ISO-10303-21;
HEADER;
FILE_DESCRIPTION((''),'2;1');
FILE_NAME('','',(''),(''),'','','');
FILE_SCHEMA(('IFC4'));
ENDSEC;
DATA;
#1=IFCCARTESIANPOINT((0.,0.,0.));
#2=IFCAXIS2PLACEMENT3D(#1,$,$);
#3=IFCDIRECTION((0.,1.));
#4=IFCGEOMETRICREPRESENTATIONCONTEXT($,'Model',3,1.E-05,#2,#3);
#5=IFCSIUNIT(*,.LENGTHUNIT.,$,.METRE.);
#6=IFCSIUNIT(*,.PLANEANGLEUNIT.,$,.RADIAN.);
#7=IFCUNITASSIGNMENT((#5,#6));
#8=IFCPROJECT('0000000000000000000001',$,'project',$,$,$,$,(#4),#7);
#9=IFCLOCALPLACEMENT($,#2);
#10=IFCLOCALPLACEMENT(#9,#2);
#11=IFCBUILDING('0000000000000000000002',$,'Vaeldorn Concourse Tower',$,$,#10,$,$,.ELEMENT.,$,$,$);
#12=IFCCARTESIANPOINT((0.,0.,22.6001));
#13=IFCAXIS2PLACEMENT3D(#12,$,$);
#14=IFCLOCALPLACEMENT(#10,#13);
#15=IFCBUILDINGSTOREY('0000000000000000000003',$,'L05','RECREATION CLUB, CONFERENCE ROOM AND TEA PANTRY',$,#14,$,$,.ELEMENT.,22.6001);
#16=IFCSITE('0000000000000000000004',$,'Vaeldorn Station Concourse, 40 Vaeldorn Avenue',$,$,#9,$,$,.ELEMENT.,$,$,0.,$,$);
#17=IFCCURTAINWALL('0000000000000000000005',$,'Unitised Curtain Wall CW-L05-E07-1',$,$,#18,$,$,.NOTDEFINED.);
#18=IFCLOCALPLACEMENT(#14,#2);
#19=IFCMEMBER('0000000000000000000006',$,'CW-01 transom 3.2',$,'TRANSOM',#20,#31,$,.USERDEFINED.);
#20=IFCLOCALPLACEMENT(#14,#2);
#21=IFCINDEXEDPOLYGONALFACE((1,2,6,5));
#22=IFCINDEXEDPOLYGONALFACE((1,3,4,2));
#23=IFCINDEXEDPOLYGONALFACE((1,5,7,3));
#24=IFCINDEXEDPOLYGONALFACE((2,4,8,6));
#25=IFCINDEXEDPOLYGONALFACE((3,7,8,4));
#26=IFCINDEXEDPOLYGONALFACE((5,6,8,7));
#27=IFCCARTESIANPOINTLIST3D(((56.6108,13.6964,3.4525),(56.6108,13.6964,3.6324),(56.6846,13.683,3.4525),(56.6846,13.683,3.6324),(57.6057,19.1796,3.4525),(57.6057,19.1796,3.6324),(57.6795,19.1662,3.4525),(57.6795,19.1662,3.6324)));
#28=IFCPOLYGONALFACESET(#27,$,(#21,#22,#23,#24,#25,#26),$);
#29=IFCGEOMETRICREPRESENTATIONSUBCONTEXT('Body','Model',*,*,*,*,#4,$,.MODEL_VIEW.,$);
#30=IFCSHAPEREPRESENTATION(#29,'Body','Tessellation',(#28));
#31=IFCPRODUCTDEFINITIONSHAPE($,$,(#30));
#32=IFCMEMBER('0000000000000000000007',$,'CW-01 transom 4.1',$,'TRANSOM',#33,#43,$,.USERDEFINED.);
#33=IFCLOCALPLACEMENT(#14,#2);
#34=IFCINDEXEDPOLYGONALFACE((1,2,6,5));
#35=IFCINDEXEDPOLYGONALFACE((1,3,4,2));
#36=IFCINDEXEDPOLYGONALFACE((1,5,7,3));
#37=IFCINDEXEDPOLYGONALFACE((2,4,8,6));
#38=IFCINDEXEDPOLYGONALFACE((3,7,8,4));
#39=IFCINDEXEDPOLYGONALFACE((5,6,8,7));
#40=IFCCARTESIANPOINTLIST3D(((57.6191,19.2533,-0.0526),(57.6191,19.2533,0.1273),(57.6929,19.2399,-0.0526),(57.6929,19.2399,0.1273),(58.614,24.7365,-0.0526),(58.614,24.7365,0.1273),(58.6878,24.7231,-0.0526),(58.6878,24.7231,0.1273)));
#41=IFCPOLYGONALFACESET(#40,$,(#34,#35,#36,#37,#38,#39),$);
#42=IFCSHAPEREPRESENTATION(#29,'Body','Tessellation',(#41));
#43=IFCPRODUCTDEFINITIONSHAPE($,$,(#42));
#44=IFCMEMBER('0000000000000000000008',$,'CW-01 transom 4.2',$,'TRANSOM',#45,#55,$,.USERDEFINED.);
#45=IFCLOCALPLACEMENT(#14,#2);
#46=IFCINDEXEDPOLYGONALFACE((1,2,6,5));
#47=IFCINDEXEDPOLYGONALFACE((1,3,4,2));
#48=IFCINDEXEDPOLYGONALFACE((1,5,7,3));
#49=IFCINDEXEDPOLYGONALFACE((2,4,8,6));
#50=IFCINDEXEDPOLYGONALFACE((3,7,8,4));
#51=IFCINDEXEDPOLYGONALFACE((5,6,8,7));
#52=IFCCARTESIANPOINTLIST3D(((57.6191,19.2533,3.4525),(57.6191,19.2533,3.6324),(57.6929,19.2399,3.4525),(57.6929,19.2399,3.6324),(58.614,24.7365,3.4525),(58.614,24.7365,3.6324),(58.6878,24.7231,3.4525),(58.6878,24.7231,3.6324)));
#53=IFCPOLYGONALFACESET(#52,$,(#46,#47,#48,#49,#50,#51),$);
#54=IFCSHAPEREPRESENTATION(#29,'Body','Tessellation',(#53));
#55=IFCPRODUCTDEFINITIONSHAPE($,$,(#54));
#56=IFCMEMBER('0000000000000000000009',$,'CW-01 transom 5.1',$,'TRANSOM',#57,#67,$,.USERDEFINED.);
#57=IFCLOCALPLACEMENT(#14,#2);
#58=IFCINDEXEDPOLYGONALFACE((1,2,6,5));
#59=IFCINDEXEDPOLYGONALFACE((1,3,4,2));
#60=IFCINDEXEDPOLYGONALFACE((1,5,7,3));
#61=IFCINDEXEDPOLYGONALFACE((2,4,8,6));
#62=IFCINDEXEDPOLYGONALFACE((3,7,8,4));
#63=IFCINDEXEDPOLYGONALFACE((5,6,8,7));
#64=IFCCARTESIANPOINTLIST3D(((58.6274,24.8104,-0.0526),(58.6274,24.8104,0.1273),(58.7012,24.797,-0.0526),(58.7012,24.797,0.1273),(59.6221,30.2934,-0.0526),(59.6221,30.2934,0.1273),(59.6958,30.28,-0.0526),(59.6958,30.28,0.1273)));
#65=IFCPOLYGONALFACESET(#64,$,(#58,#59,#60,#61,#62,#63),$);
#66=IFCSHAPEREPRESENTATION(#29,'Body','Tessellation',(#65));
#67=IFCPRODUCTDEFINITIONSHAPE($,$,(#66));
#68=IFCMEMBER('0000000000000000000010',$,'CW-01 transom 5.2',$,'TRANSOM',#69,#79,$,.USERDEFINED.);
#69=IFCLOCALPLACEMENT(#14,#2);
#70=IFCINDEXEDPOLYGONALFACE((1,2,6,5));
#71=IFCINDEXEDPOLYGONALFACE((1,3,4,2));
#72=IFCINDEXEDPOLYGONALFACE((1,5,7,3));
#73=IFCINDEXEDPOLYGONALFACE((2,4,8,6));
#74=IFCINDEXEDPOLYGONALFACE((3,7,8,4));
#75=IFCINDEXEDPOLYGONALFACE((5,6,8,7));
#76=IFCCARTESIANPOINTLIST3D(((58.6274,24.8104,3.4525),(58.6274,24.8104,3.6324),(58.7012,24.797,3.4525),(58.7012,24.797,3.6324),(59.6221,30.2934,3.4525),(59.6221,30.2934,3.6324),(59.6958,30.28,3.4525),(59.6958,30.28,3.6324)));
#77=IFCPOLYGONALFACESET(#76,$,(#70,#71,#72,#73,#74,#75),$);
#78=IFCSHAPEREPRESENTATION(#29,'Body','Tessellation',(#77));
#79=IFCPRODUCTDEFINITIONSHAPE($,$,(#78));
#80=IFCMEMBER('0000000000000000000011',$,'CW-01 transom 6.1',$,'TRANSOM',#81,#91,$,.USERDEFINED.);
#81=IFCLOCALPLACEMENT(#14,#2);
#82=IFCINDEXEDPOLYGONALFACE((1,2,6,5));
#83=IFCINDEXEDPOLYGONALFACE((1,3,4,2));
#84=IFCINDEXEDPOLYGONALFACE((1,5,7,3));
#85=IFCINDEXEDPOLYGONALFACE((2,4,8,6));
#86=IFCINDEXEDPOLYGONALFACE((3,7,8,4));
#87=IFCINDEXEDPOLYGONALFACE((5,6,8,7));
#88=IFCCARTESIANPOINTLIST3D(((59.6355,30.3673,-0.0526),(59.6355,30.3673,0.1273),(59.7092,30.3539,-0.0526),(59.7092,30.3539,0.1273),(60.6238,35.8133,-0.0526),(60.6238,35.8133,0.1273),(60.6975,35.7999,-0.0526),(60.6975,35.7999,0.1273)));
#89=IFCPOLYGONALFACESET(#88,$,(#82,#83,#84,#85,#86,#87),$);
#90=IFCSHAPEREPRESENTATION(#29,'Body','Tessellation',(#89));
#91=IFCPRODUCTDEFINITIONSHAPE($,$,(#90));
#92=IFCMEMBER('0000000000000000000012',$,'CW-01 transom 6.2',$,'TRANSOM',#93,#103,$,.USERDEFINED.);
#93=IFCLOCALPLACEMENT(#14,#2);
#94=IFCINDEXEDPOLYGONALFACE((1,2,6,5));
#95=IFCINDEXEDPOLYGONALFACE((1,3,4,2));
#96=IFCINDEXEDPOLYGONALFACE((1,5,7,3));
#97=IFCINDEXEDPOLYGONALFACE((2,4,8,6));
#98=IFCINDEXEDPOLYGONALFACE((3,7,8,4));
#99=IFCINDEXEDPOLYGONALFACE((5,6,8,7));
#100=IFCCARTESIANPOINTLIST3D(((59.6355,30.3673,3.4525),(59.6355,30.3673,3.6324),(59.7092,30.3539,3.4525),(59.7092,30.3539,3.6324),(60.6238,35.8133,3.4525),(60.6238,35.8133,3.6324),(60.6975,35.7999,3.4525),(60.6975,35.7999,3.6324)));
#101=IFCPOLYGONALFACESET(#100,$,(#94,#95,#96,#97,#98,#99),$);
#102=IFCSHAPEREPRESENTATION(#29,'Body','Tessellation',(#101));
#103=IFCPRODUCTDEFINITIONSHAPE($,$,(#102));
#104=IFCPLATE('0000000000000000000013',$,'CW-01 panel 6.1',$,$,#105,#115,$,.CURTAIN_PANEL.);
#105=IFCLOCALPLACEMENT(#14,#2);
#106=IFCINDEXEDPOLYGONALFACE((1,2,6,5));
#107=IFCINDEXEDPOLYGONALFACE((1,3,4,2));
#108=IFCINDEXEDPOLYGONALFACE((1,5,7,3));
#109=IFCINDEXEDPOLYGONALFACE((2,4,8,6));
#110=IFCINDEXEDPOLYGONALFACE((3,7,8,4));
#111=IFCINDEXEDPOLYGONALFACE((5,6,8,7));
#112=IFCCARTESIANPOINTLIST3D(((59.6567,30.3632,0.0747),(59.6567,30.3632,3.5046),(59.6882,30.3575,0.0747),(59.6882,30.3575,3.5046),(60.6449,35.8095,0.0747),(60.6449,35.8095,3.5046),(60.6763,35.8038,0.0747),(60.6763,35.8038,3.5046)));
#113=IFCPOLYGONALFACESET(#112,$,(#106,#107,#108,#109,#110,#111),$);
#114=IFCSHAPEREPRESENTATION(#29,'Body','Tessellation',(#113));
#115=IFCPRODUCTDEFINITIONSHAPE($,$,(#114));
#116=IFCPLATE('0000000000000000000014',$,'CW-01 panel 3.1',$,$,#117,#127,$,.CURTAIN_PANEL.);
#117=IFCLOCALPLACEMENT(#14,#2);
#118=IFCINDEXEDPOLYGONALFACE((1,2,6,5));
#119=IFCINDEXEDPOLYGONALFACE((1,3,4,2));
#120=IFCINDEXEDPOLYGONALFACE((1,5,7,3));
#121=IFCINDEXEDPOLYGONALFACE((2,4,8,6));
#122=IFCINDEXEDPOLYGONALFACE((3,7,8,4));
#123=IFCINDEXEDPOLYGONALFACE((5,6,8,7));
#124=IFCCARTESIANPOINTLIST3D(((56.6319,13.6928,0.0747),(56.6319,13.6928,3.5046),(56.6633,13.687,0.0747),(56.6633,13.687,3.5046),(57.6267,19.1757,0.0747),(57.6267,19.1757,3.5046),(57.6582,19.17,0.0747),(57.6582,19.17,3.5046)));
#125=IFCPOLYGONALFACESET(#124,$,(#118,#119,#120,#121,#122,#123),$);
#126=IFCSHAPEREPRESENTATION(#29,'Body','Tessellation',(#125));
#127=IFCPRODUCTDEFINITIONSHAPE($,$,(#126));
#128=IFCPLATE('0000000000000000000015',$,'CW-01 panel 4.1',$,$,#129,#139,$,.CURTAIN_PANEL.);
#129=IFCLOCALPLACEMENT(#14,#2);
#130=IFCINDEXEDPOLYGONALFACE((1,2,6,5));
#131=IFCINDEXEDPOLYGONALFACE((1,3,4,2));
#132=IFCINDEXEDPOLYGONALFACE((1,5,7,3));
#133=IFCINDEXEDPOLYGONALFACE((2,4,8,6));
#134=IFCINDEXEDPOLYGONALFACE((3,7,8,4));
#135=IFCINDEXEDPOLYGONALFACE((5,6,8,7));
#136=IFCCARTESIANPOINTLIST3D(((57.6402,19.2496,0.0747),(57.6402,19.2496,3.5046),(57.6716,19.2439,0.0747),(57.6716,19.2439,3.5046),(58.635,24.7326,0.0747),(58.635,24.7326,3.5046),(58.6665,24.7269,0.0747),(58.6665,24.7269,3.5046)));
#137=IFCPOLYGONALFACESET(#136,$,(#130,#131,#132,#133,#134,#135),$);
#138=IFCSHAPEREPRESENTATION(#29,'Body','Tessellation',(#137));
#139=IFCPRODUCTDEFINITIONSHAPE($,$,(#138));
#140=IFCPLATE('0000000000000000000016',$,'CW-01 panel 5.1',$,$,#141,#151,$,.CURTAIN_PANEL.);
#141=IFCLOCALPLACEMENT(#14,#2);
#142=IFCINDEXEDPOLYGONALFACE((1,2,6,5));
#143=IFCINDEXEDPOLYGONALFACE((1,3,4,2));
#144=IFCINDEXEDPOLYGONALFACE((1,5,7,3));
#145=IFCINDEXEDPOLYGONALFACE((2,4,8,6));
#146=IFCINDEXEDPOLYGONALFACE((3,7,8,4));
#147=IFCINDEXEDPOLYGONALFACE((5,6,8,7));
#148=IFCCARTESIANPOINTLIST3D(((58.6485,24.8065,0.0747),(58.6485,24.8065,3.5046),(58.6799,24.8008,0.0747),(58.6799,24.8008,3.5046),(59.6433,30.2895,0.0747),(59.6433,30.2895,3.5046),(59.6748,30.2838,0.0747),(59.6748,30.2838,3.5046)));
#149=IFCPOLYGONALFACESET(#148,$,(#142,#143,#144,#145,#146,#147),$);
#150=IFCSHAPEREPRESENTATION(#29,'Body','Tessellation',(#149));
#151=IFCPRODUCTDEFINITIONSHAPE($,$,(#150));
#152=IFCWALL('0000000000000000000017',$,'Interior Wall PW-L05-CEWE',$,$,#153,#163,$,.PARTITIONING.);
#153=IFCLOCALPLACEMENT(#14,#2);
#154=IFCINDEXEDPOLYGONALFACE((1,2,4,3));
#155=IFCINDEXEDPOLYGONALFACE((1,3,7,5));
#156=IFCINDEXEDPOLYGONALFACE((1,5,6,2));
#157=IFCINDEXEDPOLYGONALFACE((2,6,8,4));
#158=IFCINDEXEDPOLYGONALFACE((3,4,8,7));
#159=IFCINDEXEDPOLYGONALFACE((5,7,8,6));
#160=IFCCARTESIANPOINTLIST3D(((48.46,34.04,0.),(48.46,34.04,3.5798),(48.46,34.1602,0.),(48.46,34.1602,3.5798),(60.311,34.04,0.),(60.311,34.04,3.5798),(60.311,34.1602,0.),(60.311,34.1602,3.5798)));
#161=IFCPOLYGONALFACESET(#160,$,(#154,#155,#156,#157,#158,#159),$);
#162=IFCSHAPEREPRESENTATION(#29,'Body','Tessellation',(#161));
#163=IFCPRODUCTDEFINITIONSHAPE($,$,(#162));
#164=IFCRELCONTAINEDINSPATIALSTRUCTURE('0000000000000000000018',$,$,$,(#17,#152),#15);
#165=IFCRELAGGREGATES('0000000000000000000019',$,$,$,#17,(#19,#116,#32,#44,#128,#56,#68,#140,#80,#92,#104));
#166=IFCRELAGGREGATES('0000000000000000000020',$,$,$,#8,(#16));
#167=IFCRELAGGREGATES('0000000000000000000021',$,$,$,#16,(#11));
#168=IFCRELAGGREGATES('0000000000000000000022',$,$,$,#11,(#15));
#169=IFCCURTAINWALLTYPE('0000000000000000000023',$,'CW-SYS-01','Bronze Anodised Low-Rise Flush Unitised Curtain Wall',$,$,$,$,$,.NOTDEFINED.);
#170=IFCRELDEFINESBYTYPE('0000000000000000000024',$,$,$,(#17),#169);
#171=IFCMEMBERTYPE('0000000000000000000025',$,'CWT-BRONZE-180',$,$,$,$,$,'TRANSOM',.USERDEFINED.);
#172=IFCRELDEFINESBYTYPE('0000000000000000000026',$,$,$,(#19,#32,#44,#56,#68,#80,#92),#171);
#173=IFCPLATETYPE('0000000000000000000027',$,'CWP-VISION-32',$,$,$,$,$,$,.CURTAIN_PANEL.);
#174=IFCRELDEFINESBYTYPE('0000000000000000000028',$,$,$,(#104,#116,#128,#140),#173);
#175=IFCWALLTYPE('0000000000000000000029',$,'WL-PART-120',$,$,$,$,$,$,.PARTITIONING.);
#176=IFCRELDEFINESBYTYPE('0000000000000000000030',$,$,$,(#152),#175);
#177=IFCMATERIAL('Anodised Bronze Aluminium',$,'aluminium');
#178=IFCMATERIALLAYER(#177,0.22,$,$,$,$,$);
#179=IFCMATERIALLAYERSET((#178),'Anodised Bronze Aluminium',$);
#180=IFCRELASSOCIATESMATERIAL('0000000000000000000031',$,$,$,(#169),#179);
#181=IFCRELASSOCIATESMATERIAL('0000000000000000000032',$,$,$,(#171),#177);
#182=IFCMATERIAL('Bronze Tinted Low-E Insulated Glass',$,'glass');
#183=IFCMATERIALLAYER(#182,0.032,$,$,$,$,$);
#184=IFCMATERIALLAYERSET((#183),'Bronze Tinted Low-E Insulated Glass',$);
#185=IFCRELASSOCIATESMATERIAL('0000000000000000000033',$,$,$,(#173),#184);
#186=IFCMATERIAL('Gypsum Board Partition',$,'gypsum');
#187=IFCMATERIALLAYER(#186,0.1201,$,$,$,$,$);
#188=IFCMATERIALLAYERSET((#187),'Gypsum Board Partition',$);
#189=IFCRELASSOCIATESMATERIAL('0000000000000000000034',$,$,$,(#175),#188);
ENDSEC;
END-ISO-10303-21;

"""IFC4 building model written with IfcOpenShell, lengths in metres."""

from ifc_helpers import new_model, si_unit, direction, frame, frame_2d, origin, origin_2d, place, context, subcontext, project, spatial, rectangle, extrude, source, transform, mapped, material, layer, layer_set, material_profile, profile_set, type_object, element, aggregate, save


model = new_model("IFC4")

# Units and contexts
model_context = context("Model", 3, precision=1e-05, world=origin(), true_north=direction((0.0, 1.0)))
body_context = subcontext(model_context, "Body", "Model", "MODEL_VIEW")
ifc_project = project(units=[si_unit("LENGTHUNIT", "METRE"), si_unit("PLANEANGLEUNIT", "RADIAN")], contexts=[model_context])

# Site, building, storey
site_placement = place(None, origin())
site = spatial("IfcSite", under=ifc_project, at=site_placement, Name="Vaeldorn Station Concourse, 40 Vaeldorn Avenue", CompositionType="ELEMENT", RefElevation=0.0)
building_placement = place(site_placement, origin())
building = spatial("IfcBuilding", under=site, at=building_placement, Name="Vaeldorn Concourse Tower", CompositionType="ELEMENT")
storey_placement = place(building_placement, frame((0.0, 0.0, 22.6001)))
storey = spatial("IfcBuildingStorey", under=building, at=storey_placement, Name="L05", Description="RECREATION CLUB, CONFERENCE ROOM AND TEA PANTRY", CompositionType="ELEMENT", Elevation=22.6001)

# Curtain wall, members, plates
ifc_material_1 = material(Name="Anodised Bronze Aluminium", Category="aluminium")
ifc_layer_1 = layer(ifc_material_1, 0.22)
ifc_layer_set_1 = layer_set([ifc_layer_1], Name="Anodised Bronze Aluminium")
curtain_wall_type = type_object("IfcCurtainWallType", Name="CW-SYS-01", Description="Bronze Anodised Low-Rise Flush Unitised Curtain Wall", PredefinedType="NOTDEFINED", material=ifc_layer_set_1)
curtain_wall_placement = place(storey_placement, origin())
curtain_wall = element("IfcCurtainWall", 1, at=curtain_wall_placement, inside=storey, type_object=curtain_wall_type, Name="Unitised Curtain Wall CW-L05-E07-1", PredefinedType="NOTDEFINED")
ifc_material_profile_1 = material_profile(ifc_material_1, rectangle(XDim=0.075, YDim=0.1799, at=origin_2d()), Name="CWT 75x180")
ifc_profile_set_1 = profile_set([ifc_material_profile_1], Name="Anodised Bronze Aluminium")
member_type_1 = type_object("IfcMemberType", Name="CWT-BRONZE-180", ElementType="TRANSOM", PredefinedType="USERDEFINED", material=ifc_profile_set_1)
shared_shape_1 = source(origin(), body_context, "Body", "SweptSolid", [
    extrude(rectangle(XDim=0.075, YDim=0.1799, at=origin_2d()), origin(), (0.0, 0.0, 1.0), 5.5728),
])
member_1_placement = place(storey_placement, frame((56.6477, 13.6897, 3.5425), z_axis=(0.178527, 0.983935, 0.0), x_axis=(-0.983935, 0.178527, 0.0)))
member_1 = element("IfcMember", 2, at=member_1_placement, type_object=member_type_1, Name="CW-01 transom 3.2", ObjectType="TRANSOM", PredefinedType="USERDEFINED", context=body_context, shape_type="MappedRepresentation", body=[
    mapped(shared_shape_1, transform((0.0, 0.0, 0.0), scale=1.0)),
])
member_2_placement = place(storey_placement, frame((57.656, 19.2466, 0.0374), z_axis=(0.178527, 0.983935, 0.0), x_axis=(-0.983935, 0.178527, 0.0)))
member_2 = element("IfcMember", 3, at=member_2_placement, type_object=member_type_1, Name="CW-01 transom 4.1", ObjectType="TRANSOM", PredefinedType="USERDEFINED", context=body_context, shape_type="MappedRepresentation", body=[
    mapped(shared_shape_1, transform((0.0, 0.0, 0.0), scale=1.0)),
])
member_3_placement = place(storey_placement, frame((57.656, 19.2466, 3.5425), z_axis=(0.178527, 0.983935, 0.0), x_axis=(-0.983935, 0.178527, 0.0)))
member_3 = element("IfcMember", 4, at=member_3_placement, type_object=member_type_1, Name="CW-01 transom 4.2", ObjectType="TRANSOM", PredefinedType="USERDEFINED", context=body_context, shape_type="MappedRepresentation", body=[
    mapped(shared_shape_1, transform((0.0, 0.0, 0.0), scale=1.0)),
])
shared_shape_2 = source(origin(), body_context, "Body", "SweptSolid", [
    extrude(rectangle(XDim=0.075, YDim=0.1799, at=origin_2d()), origin(), (0.0, 0.0, 1.0), 5.5725),
])
member_4_placement = place(storey_placement, frame((58.6643, 24.8037, 0.0374), z_axis=(0.178492, 0.983941, 0.0), x_axis=(-0.983941, 0.178492, 0.0)))
member_4 = element("IfcMember", 5, at=member_4_placement, type_object=member_type_1, Name="CW-01 transom 5.1", ObjectType="TRANSOM", PredefinedType="USERDEFINED", context=body_context, shape_type="MappedRepresentation", body=[
    mapped(shared_shape_2, transform((0.0, 0.0, 0.0), scale=1.0)),
])
member_5_placement = place(storey_placement, frame((58.6643, 24.8037, 3.5425), z_axis=(0.178492, 0.983941, 0.0), x_axis=(-0.983941, 0.178492, 0.0)))
member_5 = element("IfcMember", 6, at=member_5_placement, type_object=member_type_1, Name="CW-01 transom 5.2", ObjectType="TRANSOM", PredefinedType="USERDEFINED", context=body_context, shape_type="MappedRepresentation", body=[
    mapped(shared_shape_2, transform((0.0, 0.0, 0.0), scale=1.0)),
])
shared_shape_3 = source(origin(), body_context, "Body", "SweptSolid", [
    extrude(rectangle(XDim=0.075, YDim=0.1799, at=origin_2d()), origin(), (0.0, 0.0, 1.0), 5.5349),
])
member_6_placement = place(storey_placement, frame((59.6724, 30.3606, 0.0374), z_axis=(0.178552, 0.983931, 0.0), x_axis=(-0.983931, 0.178552, 0.0)))
member_6 = element("IfcMember", 7, at=member_6_placement, type_object=member_type_1, Name="CW-01 transom 6.1", ObjectType="TRANSOM", PredefinedType="USERDEFINED", context=body_context, shape_type="MappedRepresentation", body=[
    mapped(shared_shape_3, transform((0.0, 0.0, 0.0), scale=1.0)),
])
member_7_placement = place(storey_placement, frame((59.6724, 30.3606, 3.5425), z_axis=(0.178552, 0.983931, 0.0), x_axis=(-0.983931, 0.178552, 0.0)))
member_7 = element("IfcMember", 8, at=member_7_placement, type_object=member_type_1, Name="CW-01 transom 6.2", ObjectType="TRANSOM", PredefinedType="USERDEFINED", context=body_context, shape_type="MappedRepresentation", body=[
    mapped(shared_shape_3, transform((0.0, 0.0, 0.0), scale=1.0)),
])
ifc_material_2 = material(Name="Bronze Tinted Low-E Insulated Glass", Category="glass")
ifc_layer_2 = layer(ifc_material_2, 0.032)
ifc_layer_set_2 = layer_set([ifc_layer_2], Name="Bronze Tinted Low-E Insulated Glass")
plate_type = type_object("IfcPlateType", Name="CWP-VISION-32", PredefinedType="CURTAIN_PANEL", material=ifc_layer_set_2)
shared_shape_4 = source(origin(), body_context, "Body", "SweptSolid", [
    extrude(rectangle(XDim=5.5352, YDim=0.032, at=origin_2d()), origin(), (0.0, 0.0, 1.0), 3.4299),
])
plate_1_placement = place(storey_placement, frame((60.1665, 33.0835, 0.0747), z_axis=(0.0, 0.0, 1.0), x_axis=(0.178526, 0.983935, 0.0)))
plate_1 = element("IfcPlate", 9, at=plate_1_placement, type_object=plate_type, Name="CW-01 panel 6.1", PredefinedType="CURTAIN_PANEL", context=body_context, shape_type="MappedRepresentation", body=[
    mapped(shared_shape_4, transform((0.0, 0.0, 0.0), scale=1.0)),
])
shared_shape_5 = source(origin(), body_context, "Body", "SweptSolid", [
    extrude(rectangle(XDim=5.5725, YDim=0.032, at=origin_2d()), origin(), (0.0, 0.0, 1.0), 3.4299),
])
plate_2_placement = place(storey_placement, frame((57.145, 16.4314, 0.0747), z_axis=(0.0, 0.0, 1.0), x_axis=(0.178526, 0.983935, 0.0)))
plate_2 = element("IfcPlate", 10, at=plate_2_placement, type_object=plate_type, Name="CW-01 panel 3.1", PredefinedType="CURTAIN_PANEL", context=body_context, shape_type="MappedRepresentation", body=[
    mapped(shared_shape_5, transform((0.0, 0.0, 0.0), scale=1.0)),
])
plate_3_placement = place(storey_placement, frame((58.1533, 21.9883, 0.0747), z_axis=(0.0, 0.0, 1.0), x_axis=(0.178526, 0.983935, 0.0)))
plate_3 = element("IfcPlate", 11, at=plate_3_placement, type_object=plate_type, Name="CW-01 panel 4.1", PredefinedType="CURTAIN_PANEL", context=body_context, shape_type="MappedRepresentation", body=[
    mapped(shared_shape_5, transform((0.0, 0.0, 0.0), scale=1.0)),
])
plate_4_placement = place(storey_placement, frame((59.1616, 27.5452, 0.0747), z_axis=(0.0, 0.0, 1.0), x_axis=(0.178526, 0.983935, 0.0)))
plate_4 = element("IfcPlate", 12, at=plate_4_placement, type_object=plate_type, Name="CW-01 panel 5.1", PredefinedType="CURTAIN_PANEL", context=body_context, shape_type="MappedRepresentation", body=[
    mapped(shared_shape_5, transform((0.0, 0.0, 0.0), scale=1.0)),
])
aggregate(curtain_wall, [member_1, plate_2, member_2, member_3, plate_3, member_4, member_5, plate_4, member_6, member_7, plate_1])

# Wall
ifc_material_3 = material(Name="Gypsum Board Partition", Category="gypsum")
ifc_layer_3 = layer(ifc_material_3, 0.1201)
ifc_layer_set_3 = layer_set([ifc_layer_3], Name="Gypsum Board Partition")
wall_type = type_object("IfcWallType", Name="WL-PART-120", PredefinedType="PARTITIONING", material=ifc_layer_set_3)
wall_1_placement = place(storey_placement, frame((48.46, 34.1001, 0.0), z_axis=(0.0, 0.0, 1.0), x_axis=(1.0, 0.0, 0.0)))
element("IfcWall", 13, at=wall_1_placement, inside=storey, type_object=wall_type, Name="Interior Wall PW-L05-CEWE", PredefinedType="PARTITIONING", context=body_context, shape_type="SweptSolid", body=[
    extrude(rectangle(XDim=11.8511, YDim=0.1201, at=frame_2d((5.9255, 0.0))), origin(), (0.0, 0.0, 1.0), 3.5798),
])

save(model, "model.ifc")
